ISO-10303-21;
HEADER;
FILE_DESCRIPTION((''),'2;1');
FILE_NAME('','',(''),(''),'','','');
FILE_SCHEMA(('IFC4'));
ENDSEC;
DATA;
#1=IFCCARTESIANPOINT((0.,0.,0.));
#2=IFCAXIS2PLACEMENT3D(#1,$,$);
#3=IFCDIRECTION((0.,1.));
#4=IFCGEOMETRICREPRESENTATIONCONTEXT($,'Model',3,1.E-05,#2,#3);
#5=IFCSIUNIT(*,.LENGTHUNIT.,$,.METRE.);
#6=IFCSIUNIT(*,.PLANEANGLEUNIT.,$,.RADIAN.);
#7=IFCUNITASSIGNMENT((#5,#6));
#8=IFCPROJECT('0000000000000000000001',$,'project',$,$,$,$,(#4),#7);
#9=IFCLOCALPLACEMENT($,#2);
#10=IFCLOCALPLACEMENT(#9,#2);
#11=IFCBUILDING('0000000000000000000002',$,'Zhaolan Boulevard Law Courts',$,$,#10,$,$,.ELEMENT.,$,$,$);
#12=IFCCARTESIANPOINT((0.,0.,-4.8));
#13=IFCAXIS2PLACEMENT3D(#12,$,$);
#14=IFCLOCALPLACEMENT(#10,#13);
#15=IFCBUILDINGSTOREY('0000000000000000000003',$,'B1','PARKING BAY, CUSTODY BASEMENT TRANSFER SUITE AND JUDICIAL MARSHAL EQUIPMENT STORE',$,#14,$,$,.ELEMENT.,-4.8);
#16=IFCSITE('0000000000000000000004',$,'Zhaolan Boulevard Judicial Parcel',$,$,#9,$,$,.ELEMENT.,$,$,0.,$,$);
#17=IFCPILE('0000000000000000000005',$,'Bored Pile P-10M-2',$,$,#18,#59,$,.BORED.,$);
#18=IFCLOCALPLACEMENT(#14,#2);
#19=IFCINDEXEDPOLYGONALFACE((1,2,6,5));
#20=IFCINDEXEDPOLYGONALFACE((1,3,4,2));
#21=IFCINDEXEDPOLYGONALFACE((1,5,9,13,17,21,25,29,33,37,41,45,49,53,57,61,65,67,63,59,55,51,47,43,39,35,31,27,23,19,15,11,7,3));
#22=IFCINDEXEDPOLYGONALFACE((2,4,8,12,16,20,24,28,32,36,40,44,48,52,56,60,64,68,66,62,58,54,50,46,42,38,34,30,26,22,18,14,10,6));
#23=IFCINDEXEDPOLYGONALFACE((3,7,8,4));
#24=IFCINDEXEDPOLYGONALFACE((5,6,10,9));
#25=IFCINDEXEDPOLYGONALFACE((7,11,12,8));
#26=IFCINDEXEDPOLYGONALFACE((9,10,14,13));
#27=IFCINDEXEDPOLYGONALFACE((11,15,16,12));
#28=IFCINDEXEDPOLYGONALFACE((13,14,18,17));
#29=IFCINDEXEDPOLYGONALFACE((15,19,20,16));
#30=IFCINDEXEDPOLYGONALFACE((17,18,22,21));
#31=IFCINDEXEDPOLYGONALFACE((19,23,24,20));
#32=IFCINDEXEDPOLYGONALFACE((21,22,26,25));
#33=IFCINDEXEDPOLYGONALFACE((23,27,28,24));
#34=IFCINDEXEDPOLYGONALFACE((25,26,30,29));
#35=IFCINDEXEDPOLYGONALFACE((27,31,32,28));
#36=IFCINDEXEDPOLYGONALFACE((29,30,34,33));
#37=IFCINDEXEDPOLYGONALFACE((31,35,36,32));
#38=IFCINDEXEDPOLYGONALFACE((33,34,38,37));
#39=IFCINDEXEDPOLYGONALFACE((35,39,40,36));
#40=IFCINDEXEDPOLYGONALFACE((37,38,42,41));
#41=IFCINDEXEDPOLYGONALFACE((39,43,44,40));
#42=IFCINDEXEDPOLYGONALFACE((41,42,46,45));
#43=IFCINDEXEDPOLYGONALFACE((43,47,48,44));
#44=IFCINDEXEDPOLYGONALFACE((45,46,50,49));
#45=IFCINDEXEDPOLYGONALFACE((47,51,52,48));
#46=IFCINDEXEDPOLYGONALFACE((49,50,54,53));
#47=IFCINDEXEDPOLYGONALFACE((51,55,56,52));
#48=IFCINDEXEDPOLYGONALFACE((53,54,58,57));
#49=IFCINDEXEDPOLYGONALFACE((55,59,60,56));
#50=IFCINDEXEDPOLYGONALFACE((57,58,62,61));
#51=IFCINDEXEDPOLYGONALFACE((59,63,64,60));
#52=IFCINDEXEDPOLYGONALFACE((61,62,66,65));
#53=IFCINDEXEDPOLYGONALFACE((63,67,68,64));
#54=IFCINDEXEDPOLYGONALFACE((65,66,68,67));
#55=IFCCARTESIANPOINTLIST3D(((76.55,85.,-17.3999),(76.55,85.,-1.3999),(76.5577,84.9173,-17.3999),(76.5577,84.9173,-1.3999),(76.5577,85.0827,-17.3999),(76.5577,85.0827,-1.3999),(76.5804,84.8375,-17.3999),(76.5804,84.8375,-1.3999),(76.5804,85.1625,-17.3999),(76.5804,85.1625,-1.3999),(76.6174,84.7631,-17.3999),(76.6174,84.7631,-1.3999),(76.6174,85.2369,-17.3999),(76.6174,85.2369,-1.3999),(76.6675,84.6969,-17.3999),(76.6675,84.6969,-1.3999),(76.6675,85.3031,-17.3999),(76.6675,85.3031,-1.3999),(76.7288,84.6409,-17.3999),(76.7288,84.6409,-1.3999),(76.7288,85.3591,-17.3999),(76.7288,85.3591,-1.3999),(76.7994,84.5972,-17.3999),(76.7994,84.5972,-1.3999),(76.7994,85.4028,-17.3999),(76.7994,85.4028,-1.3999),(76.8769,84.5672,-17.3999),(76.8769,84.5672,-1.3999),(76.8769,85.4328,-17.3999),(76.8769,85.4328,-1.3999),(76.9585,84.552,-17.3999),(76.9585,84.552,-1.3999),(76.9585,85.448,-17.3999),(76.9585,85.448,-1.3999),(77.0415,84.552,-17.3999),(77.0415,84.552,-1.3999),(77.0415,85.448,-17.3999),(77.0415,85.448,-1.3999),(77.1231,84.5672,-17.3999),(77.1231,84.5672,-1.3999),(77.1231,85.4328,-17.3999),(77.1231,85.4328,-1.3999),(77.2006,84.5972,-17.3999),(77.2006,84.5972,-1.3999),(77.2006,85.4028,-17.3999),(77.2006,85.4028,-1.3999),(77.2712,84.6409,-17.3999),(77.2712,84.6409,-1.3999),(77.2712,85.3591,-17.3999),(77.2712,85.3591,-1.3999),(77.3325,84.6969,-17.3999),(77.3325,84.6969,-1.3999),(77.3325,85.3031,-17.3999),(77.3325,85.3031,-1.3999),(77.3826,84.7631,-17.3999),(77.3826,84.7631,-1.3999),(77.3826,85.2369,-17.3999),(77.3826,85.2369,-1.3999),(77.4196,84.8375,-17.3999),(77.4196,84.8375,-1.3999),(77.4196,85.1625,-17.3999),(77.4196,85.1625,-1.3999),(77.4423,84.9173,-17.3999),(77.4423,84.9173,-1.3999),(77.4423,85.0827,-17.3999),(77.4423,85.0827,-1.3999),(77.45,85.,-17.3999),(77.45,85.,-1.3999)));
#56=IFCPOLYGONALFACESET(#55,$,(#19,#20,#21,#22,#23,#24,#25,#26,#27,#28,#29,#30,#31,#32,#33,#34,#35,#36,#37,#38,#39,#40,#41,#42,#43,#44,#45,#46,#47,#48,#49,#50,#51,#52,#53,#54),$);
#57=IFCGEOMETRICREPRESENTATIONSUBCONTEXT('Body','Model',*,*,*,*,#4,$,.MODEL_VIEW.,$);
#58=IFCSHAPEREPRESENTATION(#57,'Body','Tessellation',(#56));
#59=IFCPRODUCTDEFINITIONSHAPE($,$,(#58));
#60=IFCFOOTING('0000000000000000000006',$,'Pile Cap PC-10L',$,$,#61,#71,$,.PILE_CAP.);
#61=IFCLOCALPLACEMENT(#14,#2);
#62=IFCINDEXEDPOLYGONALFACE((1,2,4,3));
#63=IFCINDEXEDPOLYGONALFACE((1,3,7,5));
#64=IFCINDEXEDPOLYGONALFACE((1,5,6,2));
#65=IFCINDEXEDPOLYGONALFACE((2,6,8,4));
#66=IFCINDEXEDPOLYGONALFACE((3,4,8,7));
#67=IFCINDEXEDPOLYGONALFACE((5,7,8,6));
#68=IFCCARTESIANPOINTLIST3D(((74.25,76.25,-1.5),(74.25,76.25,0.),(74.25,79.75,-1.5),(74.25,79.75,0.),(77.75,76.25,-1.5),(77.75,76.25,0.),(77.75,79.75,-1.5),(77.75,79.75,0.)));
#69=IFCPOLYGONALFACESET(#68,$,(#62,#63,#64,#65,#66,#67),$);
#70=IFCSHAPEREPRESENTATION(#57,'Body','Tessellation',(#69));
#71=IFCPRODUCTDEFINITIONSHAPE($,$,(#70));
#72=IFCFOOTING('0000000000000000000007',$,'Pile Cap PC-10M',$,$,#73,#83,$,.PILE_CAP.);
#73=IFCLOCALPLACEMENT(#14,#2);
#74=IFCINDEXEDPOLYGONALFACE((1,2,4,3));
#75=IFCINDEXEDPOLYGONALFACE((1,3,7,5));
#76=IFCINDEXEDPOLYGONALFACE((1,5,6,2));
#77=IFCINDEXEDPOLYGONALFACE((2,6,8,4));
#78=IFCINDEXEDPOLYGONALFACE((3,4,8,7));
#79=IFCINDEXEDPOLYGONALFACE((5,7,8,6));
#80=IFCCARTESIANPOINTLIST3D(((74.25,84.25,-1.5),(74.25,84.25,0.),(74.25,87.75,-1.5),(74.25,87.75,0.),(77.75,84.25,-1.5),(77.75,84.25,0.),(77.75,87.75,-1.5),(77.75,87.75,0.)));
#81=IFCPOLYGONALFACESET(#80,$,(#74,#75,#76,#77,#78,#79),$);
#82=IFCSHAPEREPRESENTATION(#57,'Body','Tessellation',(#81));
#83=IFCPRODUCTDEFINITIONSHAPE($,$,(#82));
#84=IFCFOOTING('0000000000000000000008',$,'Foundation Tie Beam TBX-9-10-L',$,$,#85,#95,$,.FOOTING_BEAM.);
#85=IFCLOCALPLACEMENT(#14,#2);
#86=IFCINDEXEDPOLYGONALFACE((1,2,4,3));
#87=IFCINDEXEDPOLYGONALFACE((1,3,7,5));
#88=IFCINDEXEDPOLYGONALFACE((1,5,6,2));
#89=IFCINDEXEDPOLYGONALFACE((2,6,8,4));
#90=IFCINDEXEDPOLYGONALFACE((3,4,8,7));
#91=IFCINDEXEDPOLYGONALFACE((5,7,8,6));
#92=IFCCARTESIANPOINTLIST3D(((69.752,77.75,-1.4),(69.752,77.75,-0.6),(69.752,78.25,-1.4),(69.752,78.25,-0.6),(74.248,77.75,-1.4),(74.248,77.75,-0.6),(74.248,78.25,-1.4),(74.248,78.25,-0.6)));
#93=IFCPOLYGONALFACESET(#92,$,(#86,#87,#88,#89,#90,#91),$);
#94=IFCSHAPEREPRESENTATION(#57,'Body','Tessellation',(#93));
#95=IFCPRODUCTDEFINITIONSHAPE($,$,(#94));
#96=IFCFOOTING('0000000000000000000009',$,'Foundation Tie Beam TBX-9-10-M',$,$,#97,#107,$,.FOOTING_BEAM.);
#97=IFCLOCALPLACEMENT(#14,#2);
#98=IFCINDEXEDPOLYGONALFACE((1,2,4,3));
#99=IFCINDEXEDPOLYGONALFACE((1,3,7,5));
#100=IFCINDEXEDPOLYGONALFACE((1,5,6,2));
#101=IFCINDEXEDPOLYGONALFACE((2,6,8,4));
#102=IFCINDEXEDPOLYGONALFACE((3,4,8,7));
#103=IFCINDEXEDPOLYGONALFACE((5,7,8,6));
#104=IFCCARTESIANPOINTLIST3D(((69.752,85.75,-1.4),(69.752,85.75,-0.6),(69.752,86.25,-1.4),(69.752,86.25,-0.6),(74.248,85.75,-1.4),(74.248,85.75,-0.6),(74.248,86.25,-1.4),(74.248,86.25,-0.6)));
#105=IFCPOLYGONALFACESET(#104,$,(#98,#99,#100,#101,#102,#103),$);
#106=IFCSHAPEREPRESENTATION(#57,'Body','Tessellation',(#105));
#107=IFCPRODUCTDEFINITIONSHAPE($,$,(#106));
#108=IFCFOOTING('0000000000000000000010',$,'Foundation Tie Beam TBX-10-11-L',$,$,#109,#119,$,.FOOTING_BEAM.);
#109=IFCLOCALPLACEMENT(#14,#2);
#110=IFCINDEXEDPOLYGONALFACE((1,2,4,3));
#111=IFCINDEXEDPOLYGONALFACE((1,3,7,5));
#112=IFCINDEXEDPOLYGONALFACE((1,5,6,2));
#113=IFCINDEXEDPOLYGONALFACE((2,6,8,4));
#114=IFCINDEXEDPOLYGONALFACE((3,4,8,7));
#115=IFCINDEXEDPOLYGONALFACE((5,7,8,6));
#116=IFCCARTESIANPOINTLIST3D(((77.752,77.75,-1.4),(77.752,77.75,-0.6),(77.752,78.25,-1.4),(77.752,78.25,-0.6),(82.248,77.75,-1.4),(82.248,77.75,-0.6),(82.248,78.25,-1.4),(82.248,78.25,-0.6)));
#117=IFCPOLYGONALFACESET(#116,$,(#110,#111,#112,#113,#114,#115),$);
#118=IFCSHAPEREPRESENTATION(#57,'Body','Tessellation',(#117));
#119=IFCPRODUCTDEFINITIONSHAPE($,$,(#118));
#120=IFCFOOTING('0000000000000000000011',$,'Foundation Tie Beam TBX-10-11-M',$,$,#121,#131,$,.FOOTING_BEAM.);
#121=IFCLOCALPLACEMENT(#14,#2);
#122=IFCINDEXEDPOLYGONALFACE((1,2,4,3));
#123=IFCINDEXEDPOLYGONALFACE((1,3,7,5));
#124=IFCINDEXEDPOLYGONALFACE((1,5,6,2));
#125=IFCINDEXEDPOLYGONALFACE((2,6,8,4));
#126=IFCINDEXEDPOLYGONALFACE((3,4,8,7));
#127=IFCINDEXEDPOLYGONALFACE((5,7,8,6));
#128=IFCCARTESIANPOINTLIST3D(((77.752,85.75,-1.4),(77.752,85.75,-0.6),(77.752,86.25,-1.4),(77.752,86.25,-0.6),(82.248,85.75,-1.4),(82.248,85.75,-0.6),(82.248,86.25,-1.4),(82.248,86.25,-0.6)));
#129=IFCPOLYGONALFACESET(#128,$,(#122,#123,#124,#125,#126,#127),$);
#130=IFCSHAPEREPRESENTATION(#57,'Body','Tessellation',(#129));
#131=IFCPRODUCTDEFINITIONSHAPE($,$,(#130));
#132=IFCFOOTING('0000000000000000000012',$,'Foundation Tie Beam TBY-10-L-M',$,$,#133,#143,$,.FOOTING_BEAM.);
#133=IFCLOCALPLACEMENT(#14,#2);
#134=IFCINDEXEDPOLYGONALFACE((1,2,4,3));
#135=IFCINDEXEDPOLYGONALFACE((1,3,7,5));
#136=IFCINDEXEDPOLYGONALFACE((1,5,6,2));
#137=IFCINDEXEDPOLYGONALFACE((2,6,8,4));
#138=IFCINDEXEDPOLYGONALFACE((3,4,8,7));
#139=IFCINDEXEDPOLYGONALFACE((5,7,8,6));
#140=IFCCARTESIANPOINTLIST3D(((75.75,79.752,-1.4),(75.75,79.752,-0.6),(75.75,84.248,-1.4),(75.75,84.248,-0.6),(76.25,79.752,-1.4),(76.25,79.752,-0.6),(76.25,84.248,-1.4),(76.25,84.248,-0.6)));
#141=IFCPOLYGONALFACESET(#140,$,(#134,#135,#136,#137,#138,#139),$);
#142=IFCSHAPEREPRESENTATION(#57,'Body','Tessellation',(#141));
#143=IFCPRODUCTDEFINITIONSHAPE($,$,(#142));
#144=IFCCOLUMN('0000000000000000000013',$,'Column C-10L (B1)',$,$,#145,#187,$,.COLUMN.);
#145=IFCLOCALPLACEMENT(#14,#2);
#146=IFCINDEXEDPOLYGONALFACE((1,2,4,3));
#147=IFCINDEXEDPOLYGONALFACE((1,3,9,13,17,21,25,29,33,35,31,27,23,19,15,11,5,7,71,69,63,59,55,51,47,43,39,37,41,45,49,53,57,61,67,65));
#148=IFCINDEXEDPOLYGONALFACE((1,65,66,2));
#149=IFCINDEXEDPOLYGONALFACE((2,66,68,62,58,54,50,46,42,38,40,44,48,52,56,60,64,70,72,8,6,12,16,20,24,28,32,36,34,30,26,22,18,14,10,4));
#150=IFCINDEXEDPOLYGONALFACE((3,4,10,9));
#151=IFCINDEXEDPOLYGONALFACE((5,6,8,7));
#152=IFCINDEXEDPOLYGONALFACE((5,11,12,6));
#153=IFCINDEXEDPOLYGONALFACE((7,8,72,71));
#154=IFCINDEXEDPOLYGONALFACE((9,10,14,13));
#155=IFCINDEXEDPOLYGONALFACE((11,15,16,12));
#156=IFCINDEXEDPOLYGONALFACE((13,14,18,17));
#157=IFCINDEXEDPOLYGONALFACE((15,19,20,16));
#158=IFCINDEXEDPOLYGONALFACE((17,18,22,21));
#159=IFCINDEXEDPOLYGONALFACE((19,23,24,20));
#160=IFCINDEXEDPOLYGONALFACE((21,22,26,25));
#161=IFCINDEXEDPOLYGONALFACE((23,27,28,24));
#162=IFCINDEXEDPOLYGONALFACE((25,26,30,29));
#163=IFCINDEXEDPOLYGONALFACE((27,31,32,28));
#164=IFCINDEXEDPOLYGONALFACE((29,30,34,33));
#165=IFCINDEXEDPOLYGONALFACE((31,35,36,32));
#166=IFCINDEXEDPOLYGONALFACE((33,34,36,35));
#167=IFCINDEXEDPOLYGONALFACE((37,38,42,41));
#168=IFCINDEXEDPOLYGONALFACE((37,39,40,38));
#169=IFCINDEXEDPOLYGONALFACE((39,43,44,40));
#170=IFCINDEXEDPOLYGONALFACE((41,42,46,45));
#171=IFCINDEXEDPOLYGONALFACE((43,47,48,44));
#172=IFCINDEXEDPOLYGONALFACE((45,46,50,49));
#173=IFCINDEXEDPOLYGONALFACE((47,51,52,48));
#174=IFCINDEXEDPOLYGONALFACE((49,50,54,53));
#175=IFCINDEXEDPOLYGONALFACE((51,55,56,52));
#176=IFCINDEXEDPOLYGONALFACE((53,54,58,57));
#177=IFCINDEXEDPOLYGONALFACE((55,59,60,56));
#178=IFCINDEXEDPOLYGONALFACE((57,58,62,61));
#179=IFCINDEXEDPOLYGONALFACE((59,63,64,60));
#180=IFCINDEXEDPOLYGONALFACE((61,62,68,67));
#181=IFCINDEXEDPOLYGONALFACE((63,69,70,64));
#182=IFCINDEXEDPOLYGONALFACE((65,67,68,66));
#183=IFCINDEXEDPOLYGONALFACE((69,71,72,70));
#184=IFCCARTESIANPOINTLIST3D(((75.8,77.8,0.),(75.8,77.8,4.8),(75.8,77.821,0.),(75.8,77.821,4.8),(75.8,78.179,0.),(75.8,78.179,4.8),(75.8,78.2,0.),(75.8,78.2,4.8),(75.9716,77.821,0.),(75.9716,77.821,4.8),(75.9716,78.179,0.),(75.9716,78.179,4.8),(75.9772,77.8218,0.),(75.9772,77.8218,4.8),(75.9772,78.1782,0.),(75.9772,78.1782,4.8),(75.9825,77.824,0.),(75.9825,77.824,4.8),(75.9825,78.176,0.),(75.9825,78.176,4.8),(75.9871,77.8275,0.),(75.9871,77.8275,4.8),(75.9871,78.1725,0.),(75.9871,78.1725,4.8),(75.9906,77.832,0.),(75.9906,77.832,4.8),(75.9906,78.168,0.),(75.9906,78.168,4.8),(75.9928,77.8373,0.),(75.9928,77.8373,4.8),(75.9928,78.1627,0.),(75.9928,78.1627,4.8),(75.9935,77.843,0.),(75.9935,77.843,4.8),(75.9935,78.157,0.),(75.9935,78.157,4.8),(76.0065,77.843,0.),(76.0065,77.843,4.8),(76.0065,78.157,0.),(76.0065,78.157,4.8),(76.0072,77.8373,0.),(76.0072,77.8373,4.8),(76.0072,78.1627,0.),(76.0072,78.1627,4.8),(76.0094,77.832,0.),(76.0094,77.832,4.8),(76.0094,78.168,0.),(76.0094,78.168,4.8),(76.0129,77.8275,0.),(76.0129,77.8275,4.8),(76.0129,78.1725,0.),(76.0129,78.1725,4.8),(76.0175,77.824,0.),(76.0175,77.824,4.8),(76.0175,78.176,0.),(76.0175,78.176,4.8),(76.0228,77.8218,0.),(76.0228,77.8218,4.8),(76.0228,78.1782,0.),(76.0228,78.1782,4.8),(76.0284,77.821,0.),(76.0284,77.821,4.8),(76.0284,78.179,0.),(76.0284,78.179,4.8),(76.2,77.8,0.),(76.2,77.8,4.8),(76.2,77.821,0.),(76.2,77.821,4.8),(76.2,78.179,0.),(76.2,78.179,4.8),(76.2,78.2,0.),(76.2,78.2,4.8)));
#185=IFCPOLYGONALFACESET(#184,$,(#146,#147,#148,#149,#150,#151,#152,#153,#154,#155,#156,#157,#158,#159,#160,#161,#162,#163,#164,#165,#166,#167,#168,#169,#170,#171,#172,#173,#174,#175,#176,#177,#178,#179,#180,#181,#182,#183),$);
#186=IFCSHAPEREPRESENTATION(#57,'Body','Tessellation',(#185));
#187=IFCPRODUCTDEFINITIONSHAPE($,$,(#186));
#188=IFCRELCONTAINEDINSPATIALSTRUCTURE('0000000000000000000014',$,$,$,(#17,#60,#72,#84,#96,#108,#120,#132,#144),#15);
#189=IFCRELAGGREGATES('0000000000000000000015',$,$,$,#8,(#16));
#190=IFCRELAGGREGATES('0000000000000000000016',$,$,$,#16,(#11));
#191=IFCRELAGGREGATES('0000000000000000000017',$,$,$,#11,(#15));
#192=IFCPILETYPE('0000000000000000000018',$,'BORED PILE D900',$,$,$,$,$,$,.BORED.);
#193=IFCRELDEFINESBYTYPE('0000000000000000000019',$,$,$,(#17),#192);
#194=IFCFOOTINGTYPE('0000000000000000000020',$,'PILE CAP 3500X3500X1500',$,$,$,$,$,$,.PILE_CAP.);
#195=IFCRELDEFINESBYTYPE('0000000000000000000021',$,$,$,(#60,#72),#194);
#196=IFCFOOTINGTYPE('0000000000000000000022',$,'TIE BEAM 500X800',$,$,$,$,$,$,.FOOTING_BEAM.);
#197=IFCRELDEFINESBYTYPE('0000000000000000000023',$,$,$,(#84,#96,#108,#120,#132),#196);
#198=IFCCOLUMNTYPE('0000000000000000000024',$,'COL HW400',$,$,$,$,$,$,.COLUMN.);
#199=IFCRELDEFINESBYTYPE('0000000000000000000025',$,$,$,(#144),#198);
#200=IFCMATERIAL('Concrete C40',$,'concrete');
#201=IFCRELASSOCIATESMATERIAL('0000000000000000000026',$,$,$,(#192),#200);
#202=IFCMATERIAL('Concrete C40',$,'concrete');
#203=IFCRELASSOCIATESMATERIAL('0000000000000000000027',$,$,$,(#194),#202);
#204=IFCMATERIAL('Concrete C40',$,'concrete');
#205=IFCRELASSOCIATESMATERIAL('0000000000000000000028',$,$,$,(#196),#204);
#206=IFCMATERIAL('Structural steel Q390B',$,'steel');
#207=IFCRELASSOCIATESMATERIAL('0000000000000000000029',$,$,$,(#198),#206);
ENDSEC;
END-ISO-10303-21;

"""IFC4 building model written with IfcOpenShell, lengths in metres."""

from ifc_helpers import new_model, si_unit, direction, frame, origin, origin_2d, place, context, subcontext, project, spatial, rectangle, circle, i_section, extrude, material, material_profile, profile_set, type_object, element, save


model = new_model("IFC4")

# Units and contexts
model_context = context("Model", 3, precision=1e-05, world=origin(), true_north=direction((0.0, 1.0)))
body_context = subcontext(model_context, "Body", "Model", "MODEL_VIEW")
ifc_project = project(units=[si_unit("LENGTHUNIT", "METRE"), si_unit("PLANEANGLEUNIT", "RADIAN")], contexts=[model_context])

# Site, building, storey
site_placement = place(None, origin())
site = spatial("IfcSite", under=ifc_project, at=site_placement, Name="Zhaolan Boulevard Judicial Parcel", CompositionType="ELEMENT", RefElevation=0.0)
building_placement = place(site_placement, origin())
building = spatial("IfcBuilding", under=site, at=building_placement, Name="Zhaolan Boulevard Law Courts", CompositionType="ELEMENT")
storey_placement = place(building_placement, frame((0.0, 0.0, -4.8)))
storey = spatial("IfcBuildingStorey", under=building, at=storey_placement, Name="B1", Description="PARKING BAY, CUSTODY BASEMENT TRANSFER SUITE AND JUDICIAL MARSHAL EQUIPMENT STORE", CompositionType="ELEMENT", Elevation=-4.8)

# Pile
ifc_material_1 = material(Name="Concrete C40", Category="concrete")
ifc_material_profile_1 = material_profile(ifc_material_1, circle(Radius=0.45, at=origin_2d()), Name="PILE-D900")
ifc_profile_set_1 = profile_set([ifc_material_profile_1], Name="Concrete C40")
pile_type = type_object("IfcPileType", Name="BORED PILE D900", PredefinedType="BORED", material=ifc_profile_set_1)
for number, where, z_axis, x_axis, name in (
    (1, (77.0, 85.0, -1.3999), (0.0, 0.0, -1.0), (1.0, 0.0, 0.0), "Bored Pile P-10M-2"),
):
    element("IfcPile", number, at=place(storey_placement, frame(where, z_axis=z_axis, x_axis=x_axis)), inside=storey, type_object=pile_type, Name=name, PredefinedType="BORED", context=body_context, shape_type="SweptSolid", body=[
        extrude(circle(Radius=0.45, at=origin_2d()), origin(), (0.0, 0.0, 1.0), 16.0),
    ])

# Footings
ifc_material_2 = material(Name="Concrete C40", Category="concrete")
footing_type_1 = type_object("IfcFootingType", Name="PILE CAP 3500X3500X1500", PredefinedType="PILE_CAP", material=ifc_material_2)
for number, where, z_axis, x_axis, name in (
    (2, (76.0, 78.0, -1.5), (0.0, 0.0, 1.0), (1.0, 0.0, 0.0), "Pile Cap PC-10L"),
    (3, (76.0, 86.0, -1.5), (0.0, 0.0, 1.0), (1.0, 0.0, 0.0), "Pile Cap PC-10M"),
):
    element("IfcFooting", number, at=place(storey_placement, frame(where, z_axis=z_axis, x_axis=x_axis)), inside=storey, type_object=footing_type_1, Name=name, PredefinedType="PILE_CAP", context=body_context, shape_type="SweptSolid", body=[
        extrude(rectangle(XDim=3.5, YDim=3.5, at=origin_2d()), origin(), (0.0, 0.0, 1.0), 1.5),
    ])
ifc_material_3 = material(Name="Concrete C40", Category="concrete")
ifc_material_profile_2 = material_profile(ifc_material_3, rectangle(XDim=0.5, YDim=0.8, at=origin_2d()), Name="RC500x800")
ifc_profile_set_2 = profile_set([ifc_material_profile_2], Name="Concrete C40")
footing_type_2 = type_object("IfcFootingType", Name="TIE BEAM 500X800", PredefinedType="FOOTING_BEAM", material=ifc_profile_set_2)
for number, where, z_axis, x_axis, name in (
    (4, (69.752, 78.0, -1.0), (1.0, 0.0, 0.0), (0.0, 1.0, 0.0), "Foundation Tie Beam TBX-9-10-L"),
    (5, (69.752, 86.0, -1.0), (1.0, 0.0, 0.0), (0.0, 1.0, 0.0), "Foundation Tie Beam TBX-9-10-M"),
    (6, (77.752, 78.0, -1.0), (1.0, 0.0, 0.0), (0.0, 1.0, 0.0), "Foundation Tie Beam TBX-10-11-L"),
    (7, (77.752, 86.0, -1.0), (1.0, 0.0, 0.0), (0.0, 1.0, 0.0), "Foundation Tie Beam TBX-10-11-M"),
    (8, (76.0, 79.752, -1.0), (0.0, 1.0, 0.0), (-1.0, 0.0, 0.0), "Foundation Tie Beam TBY-10-L-M"),
):
    element("IfcFooting", number, at=place(storey_placement, frame(where, z_axis=z_axis, x_axis=x_axis)), inside=storey, type_object=footing_type_2, Name=name, PredefinedType="FOOTING_BEAM", context=body_context, shape_type="SweptSolid", body=[
        extrude(rectangle(XDim=0.5, YDim=0.8, at=origin_2d()), origin(), (0.0, 0.0, 1.0), 4.4961),
    ])

# Column
ifc_material_4 = material(Name="Structural steel Q390B", Category="steel")
ifc_material_profile_3 = material_profile(ifc_material_4, i_section(OverallWidth=0.3999, OverallDepth=0.3999, WebThickness=0.0129, FlangeThickness=0.021, FilletRadius=0.022, at=origin_2d()), Name="HW400x400")
ifc_profile_set_3 = profile_set([ifc_material_profile_3], Name="Structural steel Q390B")
column_type = type_object("IfcColumnType", Name="COL HW400", PredefinedType="COLUMN", material=ifc_profile_set_3)
for number, where, z_axis, x_axis, name in (
    (9, (76.0, 78.0, 0.0), (0.0, 0.0, 1.0), (1.0, 0.0, 0.0), "Column C-10L (B1)"),
):
    element("IfcColumn", number, at=place(storey_placement, frame(where, z_axis=z_axis, x_axis=x_axis)), inside=storey, type_object=column_type, Name=name, PredefinedType="COLUMN", context=body_context, shape_type="SweptSolid", body=[
        extrude(i_section(OverallWidth=0.3999, OverallDepth=0.3999, WebThickness=0.0129, FlangeThickness=0.021, FilletRadius=0.022, at=origin_2d()), origin(), (0.0, 0.0, 1.0), 4.8),
    ])

save(model, "model.ifc")
